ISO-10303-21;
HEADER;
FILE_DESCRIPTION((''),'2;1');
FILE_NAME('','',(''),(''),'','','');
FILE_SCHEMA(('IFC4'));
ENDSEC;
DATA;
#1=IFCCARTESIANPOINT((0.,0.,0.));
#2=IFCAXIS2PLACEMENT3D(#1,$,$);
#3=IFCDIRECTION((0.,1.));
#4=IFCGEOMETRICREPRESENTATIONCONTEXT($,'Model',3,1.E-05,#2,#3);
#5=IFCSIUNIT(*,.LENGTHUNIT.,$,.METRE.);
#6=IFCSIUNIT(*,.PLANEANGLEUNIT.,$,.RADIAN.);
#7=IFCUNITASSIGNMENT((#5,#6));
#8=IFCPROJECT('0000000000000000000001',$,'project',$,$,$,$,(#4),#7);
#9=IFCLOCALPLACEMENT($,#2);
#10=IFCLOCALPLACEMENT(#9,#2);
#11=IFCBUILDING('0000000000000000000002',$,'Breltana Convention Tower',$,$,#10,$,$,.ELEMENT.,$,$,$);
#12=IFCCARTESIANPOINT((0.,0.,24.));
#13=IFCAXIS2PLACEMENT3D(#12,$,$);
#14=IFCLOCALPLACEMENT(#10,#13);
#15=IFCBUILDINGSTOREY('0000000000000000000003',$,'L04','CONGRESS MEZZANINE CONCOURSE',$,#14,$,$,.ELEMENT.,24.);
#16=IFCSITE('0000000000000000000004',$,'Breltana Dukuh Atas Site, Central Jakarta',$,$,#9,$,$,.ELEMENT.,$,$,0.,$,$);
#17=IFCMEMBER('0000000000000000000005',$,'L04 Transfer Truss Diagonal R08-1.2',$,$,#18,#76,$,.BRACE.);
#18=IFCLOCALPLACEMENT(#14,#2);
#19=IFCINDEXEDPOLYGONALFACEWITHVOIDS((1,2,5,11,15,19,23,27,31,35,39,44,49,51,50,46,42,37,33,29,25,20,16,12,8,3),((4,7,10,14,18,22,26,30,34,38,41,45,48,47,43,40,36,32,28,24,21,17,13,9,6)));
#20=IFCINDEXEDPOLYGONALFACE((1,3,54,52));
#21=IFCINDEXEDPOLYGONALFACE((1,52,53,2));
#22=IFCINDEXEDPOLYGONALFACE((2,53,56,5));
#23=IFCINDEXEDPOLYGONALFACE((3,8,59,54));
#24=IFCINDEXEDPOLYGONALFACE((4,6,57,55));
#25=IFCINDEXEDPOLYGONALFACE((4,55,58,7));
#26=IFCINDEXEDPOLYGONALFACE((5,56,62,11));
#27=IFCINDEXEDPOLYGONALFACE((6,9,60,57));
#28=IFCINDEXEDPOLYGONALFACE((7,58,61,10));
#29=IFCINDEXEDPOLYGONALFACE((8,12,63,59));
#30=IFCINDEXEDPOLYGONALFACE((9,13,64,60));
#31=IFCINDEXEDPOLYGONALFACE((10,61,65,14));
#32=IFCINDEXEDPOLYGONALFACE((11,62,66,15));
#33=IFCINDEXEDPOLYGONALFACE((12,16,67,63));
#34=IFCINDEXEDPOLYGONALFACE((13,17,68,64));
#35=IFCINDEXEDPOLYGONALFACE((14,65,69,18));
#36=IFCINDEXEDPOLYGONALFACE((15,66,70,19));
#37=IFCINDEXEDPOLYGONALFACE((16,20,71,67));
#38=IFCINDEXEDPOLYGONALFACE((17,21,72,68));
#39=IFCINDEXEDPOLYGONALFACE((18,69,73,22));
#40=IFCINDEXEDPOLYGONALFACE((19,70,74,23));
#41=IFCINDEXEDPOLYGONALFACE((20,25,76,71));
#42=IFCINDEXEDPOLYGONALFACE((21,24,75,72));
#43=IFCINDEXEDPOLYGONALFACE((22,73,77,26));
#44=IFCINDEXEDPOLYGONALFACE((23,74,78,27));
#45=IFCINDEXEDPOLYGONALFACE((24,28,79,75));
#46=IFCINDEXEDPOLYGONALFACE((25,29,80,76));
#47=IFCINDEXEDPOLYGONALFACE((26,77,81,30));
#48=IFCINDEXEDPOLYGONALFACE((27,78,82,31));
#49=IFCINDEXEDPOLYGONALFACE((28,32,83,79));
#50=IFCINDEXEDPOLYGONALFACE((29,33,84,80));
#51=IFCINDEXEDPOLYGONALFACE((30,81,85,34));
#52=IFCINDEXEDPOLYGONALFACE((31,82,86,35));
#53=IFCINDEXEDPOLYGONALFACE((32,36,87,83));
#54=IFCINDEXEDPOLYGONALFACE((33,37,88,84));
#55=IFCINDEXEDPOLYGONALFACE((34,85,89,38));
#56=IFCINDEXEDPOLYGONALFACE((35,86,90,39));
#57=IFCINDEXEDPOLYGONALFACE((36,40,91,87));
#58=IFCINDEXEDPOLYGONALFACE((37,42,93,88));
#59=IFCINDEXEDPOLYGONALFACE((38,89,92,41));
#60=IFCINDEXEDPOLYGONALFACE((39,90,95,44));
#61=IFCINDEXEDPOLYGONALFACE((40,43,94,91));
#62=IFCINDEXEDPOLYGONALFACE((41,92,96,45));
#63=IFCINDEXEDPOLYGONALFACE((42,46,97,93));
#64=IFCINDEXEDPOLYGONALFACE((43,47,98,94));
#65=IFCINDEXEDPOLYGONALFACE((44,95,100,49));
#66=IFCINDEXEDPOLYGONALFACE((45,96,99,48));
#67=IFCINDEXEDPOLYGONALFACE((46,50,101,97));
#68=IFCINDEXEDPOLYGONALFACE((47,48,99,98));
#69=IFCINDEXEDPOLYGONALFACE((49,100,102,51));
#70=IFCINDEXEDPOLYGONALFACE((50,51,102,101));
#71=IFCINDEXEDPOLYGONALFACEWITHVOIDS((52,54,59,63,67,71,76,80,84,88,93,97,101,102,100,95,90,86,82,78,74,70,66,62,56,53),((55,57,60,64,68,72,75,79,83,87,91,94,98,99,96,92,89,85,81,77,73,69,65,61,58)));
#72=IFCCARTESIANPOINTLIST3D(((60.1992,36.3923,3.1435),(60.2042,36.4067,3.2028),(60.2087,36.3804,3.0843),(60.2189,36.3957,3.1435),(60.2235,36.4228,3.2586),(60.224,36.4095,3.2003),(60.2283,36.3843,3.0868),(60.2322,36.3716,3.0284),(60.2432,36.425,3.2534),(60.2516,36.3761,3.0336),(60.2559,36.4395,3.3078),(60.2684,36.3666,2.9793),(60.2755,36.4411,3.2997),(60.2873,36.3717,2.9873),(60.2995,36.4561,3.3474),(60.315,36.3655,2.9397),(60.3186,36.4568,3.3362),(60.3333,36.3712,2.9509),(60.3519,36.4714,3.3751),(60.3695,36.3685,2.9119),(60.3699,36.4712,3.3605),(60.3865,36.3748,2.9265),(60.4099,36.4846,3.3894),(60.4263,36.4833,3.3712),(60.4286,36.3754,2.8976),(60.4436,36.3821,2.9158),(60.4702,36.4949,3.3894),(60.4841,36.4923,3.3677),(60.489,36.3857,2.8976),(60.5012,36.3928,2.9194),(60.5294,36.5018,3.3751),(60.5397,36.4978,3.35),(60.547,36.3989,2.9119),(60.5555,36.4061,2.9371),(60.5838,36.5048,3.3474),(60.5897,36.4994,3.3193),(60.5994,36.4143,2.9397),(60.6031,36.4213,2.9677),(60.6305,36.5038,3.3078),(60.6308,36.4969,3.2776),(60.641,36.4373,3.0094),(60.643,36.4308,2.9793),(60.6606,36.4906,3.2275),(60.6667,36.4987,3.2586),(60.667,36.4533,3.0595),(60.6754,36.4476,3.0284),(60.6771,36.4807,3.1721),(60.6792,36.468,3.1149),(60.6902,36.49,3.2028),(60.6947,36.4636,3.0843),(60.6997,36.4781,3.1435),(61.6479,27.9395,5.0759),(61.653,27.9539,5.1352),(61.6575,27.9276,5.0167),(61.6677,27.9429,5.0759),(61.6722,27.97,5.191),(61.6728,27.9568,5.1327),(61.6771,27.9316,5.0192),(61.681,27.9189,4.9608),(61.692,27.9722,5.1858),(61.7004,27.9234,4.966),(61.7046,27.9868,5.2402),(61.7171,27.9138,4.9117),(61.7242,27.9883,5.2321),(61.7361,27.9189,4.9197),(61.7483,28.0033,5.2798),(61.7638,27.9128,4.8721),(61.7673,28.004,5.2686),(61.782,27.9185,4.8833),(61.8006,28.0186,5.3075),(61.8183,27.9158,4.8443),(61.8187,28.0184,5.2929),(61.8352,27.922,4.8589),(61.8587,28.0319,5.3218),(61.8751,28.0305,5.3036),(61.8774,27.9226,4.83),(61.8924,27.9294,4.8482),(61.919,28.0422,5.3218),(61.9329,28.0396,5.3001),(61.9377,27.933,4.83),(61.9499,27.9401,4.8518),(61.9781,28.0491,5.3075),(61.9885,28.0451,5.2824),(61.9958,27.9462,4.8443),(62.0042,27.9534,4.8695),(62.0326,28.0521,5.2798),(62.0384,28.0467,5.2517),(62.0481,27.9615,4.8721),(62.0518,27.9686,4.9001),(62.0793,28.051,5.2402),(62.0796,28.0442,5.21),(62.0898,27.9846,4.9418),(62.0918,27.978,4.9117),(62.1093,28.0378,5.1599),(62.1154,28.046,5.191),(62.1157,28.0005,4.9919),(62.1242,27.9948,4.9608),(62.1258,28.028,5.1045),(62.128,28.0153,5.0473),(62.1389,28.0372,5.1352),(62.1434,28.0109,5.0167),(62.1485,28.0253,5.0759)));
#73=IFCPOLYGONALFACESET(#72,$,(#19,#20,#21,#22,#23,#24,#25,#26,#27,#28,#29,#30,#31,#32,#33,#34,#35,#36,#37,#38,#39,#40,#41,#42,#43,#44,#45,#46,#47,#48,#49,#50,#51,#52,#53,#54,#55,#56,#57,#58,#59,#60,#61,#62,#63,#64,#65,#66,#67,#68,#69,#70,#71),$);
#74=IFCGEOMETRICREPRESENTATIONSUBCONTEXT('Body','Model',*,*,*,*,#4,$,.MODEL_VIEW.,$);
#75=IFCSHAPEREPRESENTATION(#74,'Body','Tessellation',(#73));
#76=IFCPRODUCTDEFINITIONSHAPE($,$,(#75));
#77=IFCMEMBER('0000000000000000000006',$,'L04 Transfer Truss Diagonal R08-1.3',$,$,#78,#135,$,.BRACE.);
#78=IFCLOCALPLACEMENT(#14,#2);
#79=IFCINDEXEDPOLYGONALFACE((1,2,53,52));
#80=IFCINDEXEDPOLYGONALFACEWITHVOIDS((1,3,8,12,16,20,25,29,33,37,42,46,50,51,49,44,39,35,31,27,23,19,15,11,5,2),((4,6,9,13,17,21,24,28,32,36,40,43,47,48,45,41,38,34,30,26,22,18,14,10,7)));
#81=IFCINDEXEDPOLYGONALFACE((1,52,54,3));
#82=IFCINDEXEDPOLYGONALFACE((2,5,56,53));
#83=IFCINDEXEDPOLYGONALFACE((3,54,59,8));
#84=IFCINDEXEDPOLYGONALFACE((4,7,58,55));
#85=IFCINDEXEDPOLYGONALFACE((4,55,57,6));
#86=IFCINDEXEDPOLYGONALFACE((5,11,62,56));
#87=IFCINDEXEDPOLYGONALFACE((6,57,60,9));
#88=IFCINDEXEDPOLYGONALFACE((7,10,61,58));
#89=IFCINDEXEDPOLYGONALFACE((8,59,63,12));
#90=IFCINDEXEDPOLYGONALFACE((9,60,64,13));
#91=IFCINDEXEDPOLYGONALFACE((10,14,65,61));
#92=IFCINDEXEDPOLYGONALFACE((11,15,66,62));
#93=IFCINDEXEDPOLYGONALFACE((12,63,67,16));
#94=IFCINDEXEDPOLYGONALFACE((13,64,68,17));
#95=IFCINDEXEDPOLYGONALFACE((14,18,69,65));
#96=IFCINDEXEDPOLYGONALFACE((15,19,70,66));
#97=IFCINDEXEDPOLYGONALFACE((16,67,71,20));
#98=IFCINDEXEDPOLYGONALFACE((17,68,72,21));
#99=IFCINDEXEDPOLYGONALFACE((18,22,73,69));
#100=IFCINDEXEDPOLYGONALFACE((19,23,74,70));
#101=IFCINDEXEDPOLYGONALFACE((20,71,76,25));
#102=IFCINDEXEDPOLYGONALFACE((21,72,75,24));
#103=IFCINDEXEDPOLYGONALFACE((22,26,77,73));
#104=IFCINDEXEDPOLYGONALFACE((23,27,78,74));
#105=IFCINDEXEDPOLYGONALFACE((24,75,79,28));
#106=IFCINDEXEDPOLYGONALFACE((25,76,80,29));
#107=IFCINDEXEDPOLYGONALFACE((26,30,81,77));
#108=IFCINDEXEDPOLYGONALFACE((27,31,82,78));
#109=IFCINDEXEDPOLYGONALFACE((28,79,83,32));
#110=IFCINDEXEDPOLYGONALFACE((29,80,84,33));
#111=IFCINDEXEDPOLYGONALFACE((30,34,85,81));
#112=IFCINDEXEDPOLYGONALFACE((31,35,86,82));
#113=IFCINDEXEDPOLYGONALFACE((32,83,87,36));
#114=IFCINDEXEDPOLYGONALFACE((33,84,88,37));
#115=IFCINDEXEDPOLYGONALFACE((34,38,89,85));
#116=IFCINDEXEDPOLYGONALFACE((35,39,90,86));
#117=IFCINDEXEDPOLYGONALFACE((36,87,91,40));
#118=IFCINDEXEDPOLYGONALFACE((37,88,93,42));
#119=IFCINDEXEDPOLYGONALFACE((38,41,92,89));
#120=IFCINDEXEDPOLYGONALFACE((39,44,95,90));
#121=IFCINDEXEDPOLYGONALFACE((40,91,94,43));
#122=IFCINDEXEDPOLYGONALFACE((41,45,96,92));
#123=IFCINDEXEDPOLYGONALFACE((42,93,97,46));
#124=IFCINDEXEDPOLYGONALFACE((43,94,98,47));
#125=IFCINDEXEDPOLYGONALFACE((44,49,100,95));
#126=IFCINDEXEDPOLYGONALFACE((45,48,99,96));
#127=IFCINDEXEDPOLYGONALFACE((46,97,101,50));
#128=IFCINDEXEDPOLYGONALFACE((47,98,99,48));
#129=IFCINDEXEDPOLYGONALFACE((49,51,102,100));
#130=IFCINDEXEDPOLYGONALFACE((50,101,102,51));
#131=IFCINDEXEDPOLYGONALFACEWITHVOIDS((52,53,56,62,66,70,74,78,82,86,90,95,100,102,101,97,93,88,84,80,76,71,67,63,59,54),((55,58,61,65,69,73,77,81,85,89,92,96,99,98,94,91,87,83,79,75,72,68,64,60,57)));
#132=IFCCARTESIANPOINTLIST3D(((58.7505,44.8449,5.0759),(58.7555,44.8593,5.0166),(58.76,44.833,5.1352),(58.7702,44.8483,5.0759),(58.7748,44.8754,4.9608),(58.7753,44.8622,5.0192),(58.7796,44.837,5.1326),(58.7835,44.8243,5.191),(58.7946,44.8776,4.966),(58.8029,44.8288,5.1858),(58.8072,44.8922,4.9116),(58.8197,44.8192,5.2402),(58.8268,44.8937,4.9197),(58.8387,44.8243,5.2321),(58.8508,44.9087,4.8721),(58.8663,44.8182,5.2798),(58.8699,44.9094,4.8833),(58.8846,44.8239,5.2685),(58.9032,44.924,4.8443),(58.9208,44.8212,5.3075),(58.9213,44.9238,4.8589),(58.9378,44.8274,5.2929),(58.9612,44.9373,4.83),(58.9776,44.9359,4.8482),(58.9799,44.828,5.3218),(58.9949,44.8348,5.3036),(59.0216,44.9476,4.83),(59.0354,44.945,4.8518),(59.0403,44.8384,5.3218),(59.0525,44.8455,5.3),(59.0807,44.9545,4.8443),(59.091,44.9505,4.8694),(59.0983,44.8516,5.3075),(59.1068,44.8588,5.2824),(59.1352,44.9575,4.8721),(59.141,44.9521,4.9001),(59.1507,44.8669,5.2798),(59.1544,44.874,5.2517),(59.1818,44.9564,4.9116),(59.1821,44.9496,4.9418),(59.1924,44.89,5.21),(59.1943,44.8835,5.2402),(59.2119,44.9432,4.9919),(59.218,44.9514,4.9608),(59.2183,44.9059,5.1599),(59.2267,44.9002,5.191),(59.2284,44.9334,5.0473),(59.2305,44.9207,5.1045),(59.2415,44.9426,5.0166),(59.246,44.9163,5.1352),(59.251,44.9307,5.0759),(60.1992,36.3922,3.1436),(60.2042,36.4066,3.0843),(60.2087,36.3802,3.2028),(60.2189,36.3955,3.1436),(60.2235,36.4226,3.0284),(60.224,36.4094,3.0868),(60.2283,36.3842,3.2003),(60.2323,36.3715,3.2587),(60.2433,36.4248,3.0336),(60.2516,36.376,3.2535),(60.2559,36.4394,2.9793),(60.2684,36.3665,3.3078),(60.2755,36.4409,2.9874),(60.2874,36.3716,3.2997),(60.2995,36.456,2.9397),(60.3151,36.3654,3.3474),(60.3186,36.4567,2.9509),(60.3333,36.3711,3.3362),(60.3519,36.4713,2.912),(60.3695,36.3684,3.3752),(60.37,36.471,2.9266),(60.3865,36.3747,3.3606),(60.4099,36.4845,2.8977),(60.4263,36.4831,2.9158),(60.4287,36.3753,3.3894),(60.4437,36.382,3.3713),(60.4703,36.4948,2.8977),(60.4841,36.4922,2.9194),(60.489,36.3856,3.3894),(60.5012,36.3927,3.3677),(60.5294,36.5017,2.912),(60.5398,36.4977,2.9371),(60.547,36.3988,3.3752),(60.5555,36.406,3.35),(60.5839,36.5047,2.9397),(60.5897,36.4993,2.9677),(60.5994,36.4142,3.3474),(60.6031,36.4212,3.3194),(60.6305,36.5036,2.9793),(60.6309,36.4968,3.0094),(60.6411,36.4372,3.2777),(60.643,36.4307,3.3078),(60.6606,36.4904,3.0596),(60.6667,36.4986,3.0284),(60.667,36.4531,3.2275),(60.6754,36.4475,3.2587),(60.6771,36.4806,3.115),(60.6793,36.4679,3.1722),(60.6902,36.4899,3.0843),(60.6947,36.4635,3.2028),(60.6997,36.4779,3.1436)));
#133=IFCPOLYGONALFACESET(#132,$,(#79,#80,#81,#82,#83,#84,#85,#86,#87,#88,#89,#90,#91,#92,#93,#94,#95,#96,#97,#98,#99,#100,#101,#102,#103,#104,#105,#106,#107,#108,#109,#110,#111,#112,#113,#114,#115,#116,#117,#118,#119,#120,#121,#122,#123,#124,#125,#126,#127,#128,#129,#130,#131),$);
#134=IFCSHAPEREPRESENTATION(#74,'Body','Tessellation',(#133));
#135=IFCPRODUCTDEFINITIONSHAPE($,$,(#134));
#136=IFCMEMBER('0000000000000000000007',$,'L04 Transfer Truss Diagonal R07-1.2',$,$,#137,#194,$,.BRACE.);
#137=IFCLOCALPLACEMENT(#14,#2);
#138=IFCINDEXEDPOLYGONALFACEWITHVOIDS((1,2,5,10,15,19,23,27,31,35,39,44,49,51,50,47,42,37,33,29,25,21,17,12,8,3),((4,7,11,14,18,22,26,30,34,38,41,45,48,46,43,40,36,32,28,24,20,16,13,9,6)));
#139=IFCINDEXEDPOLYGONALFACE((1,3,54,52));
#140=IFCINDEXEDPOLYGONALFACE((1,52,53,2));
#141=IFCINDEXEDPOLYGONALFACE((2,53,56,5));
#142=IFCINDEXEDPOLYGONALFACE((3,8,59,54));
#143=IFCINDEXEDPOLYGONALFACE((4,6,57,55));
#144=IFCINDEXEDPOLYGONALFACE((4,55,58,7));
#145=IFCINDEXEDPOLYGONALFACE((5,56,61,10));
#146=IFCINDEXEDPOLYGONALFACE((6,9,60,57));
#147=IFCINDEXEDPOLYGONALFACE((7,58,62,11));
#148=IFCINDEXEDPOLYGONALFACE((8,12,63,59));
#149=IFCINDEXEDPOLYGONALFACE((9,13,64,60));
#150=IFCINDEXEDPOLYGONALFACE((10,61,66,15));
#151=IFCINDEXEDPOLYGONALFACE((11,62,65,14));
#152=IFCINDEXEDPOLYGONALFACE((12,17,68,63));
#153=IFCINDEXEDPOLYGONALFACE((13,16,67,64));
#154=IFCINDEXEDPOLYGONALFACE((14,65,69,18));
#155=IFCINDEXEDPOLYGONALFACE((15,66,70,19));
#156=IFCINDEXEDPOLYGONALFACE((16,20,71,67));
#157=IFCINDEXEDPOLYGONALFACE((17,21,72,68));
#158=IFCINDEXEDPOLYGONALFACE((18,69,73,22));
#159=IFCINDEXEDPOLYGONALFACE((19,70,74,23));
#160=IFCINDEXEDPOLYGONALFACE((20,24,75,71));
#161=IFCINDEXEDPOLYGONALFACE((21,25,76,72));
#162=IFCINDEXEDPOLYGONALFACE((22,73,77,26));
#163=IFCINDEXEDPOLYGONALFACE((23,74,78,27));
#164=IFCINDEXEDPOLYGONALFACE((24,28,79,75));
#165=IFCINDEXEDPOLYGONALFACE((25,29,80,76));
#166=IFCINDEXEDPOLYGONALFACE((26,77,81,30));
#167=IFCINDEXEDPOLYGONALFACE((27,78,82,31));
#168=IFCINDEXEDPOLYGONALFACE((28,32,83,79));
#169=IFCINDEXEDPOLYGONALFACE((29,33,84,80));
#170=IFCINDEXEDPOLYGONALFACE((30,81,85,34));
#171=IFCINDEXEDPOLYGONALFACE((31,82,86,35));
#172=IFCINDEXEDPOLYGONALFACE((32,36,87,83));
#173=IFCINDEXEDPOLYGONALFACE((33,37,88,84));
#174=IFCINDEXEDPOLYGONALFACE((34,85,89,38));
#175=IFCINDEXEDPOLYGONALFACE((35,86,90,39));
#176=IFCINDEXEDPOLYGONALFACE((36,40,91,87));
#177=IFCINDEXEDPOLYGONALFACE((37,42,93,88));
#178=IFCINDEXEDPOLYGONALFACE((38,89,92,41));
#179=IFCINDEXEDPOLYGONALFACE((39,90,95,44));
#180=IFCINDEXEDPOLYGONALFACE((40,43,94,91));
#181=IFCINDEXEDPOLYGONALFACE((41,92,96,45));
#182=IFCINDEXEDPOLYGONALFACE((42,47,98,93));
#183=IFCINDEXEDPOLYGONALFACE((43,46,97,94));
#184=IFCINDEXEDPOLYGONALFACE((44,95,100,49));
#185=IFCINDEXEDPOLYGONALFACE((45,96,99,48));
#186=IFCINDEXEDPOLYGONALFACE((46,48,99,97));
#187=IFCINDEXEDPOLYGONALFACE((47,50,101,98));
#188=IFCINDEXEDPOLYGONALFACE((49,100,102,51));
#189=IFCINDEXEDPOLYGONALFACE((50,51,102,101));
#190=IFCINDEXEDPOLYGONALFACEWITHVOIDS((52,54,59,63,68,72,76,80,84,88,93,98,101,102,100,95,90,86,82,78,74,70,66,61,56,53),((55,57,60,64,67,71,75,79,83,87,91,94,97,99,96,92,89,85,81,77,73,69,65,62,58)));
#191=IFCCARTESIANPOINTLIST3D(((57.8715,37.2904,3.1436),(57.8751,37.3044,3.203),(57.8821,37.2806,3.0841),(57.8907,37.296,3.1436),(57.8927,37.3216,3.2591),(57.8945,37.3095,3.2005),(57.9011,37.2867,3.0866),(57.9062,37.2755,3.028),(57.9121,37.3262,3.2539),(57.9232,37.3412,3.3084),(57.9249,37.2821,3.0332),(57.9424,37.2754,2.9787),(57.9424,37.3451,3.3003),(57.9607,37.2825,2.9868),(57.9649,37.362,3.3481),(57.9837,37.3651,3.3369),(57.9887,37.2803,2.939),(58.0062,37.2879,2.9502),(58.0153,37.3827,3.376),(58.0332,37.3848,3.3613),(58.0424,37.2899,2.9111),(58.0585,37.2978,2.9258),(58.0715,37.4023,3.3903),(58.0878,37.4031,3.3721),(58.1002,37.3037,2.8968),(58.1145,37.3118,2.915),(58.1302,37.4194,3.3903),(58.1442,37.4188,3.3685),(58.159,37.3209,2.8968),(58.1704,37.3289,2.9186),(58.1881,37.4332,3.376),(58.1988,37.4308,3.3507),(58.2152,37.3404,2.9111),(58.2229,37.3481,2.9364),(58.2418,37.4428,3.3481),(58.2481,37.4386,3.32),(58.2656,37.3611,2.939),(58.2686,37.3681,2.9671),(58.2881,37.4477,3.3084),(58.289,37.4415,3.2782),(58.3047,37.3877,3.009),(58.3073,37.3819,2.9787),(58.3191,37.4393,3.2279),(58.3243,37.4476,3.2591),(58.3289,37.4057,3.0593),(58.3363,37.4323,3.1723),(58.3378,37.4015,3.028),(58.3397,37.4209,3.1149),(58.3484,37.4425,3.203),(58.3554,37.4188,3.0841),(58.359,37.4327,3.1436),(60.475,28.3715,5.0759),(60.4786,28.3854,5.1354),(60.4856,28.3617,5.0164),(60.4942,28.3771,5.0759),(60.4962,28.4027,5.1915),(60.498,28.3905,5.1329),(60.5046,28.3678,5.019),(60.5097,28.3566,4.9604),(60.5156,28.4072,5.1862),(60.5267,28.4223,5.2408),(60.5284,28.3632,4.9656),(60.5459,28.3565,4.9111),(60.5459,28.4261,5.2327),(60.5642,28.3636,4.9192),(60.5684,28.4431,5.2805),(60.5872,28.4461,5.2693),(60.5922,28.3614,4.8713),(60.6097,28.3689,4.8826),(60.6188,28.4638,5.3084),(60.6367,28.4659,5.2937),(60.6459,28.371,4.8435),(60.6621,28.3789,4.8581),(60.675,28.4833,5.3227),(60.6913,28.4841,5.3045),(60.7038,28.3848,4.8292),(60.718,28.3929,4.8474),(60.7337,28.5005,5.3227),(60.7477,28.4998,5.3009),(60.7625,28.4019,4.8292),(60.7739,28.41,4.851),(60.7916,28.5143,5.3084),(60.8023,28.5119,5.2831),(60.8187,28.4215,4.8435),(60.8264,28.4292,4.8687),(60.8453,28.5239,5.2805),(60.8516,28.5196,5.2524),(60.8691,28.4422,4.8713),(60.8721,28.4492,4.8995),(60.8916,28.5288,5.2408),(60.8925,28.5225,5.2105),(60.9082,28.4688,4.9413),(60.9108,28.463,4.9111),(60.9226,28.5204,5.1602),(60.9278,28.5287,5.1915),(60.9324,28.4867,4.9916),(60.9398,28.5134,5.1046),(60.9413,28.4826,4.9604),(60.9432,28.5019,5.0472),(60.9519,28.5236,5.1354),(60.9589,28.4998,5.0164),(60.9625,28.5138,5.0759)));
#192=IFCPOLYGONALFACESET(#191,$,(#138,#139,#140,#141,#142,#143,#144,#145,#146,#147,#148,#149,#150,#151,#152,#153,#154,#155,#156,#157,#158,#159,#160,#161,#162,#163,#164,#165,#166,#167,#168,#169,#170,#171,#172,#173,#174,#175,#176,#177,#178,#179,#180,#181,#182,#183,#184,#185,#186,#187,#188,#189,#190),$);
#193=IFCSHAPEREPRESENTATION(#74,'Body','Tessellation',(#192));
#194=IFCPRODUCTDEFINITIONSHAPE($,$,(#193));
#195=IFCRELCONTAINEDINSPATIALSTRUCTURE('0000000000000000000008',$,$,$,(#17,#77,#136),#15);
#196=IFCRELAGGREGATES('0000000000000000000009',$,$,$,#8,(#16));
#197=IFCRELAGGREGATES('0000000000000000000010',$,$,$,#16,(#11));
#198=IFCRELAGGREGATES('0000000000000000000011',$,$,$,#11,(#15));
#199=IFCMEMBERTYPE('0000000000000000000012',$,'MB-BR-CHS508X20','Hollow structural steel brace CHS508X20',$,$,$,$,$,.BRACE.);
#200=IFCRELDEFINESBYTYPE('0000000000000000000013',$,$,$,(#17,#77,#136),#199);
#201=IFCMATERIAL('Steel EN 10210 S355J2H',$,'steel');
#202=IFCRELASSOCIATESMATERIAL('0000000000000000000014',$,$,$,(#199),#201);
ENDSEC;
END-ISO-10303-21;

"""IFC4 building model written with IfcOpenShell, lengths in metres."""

from ifc_helpers import new_model, si_unit, direction, frame, origin, origin_2d, place, context, subcontext, project, spatial, hollow_circle, extrude, source, transform, mapped, material, material_profile, profile_set, type_object, element, save


model = new_model("IFC4")

# Units and contexts
model_context = context("Model", 3, precision=1e-05, world=origin(), true_north=direction((0.0, 1.0)))
body_context = subcontext(model_context, "Body", "Model", "MODEL_VIEW")
ifc_project = project(units=[si_unit("LENGTHUNIT", "METRE"), si_unit("PLANEANGLEUNIT", "RADIAN")], contexts=[model_context])

# Site, building, storey
site_placement = place(None, origin())
site = spatial("IfcSite", under=ifc_project, at=site_placement, Name="Breltana Dukuh Atas Site, Central Jakarta", CompositionType="ELEMENT", RefElevation=0.0)
building_placement = place(site_placement, origin())
building = spatial("IfcBuilding", under=site, at=building_placement, Name="Breltana Convention Tower", CompositionType="ELEMENT")
storey_placement = place(building_placement, frame((0.0, 0.0, 24.0)))
storey = spatial("IfcBuildingStorey", under=building, at=storey_placement, Name="L04", Description="CONGRESS MEZZANINE CONCOURSE", CompositionType="ELEMENT", Elevation=24.0)

# Members
ifc_material_1 = material(Name="Steel EN 10210 S355J2H", Category="steel")
ifc_material_profile = material_profile(ifc_material_1, hollow_circle(Radius=0.2539, WallThickness=0.02, at=origin_2d()), Name="CHS508X20")
ifc_profile_set = profile_set([ifc_material_profile], Name="Steel EN 10210 S355J2H")
member_type = type_object("IfcMemberType", Name="MB-BR-CHS508X20", Description="Hollow structural steel brace CHS508X20", PredefinedType="BRACE", material=ifc_profile_set)
shared_shape_1 = source(origin(), body_context, "Body", "SweptSolid", [
    extrude(hollow_circle(Radius=0.2539, WallThickness=0.02, at=origin_2d()), origin(), (0.0, 0.0, 1.0), 8.791),
])
for number, where, z_axis, x_axis, name in (
    (1, (61.8982, 27.9824, 5.0759), (-0.164799, 0.961521, -0.219815), (-0.985628, -0.168931, 0.0), "L04 Transfer Truss Diagonal R08-1.2"),
    (2, (60.4495, 36.4351, 3.1436), (-0.164794, 0.961523, 0.219809), (-0.985629, -0.168926, 0.0), "L04 Transfer Truss Diagonal R08-1.3"),
):
    element("IfcMember", number, at=place(storey_placement, frame(where, z_axis=z_axis, x_axis=x_axis)), inside=storey, type_object=member_type, Name=name, PredefinedType="BRACE", context=body_context, shape_type="MappedRepresentation", body=[
        mapped(shared_shape_1, transform((0.0, 0.0, 0.0), scale=1.0)),
    ])
shared_shape_2 = source(origin(), body_context, "Body", "SweptSolid", [
    extrude(hollow_circle(Radius=0.2539, WallThickness=0.02, at=origin_2d()), origin(), (0.0, 0.0, 1.0), 9.49),
])
for number, where, z_axis, x_axis, name in (
    (3, (60.7188, 28.4426, 5.0759), (-0.274343, 0.939826, -0.203622), (-0.959938, -0.280214, 0.0), "L04 Transfer Truss Diagonal R07-1.2"),
):
    element("IfcMember", number, at=place(storey_placement, frame(where, z_axis=z_axis, x_axis=x_axis)), inside=storey, type_object=member_type, Name=name, PredefinedType="BRACE", context=body_context, shape_type="MappedRepresentation", body=[
        mapped(shared_shape_2, transform((0.0, 0.0, 0.0), scale=1.0)),
    ])

save(model, "model.ifc")
